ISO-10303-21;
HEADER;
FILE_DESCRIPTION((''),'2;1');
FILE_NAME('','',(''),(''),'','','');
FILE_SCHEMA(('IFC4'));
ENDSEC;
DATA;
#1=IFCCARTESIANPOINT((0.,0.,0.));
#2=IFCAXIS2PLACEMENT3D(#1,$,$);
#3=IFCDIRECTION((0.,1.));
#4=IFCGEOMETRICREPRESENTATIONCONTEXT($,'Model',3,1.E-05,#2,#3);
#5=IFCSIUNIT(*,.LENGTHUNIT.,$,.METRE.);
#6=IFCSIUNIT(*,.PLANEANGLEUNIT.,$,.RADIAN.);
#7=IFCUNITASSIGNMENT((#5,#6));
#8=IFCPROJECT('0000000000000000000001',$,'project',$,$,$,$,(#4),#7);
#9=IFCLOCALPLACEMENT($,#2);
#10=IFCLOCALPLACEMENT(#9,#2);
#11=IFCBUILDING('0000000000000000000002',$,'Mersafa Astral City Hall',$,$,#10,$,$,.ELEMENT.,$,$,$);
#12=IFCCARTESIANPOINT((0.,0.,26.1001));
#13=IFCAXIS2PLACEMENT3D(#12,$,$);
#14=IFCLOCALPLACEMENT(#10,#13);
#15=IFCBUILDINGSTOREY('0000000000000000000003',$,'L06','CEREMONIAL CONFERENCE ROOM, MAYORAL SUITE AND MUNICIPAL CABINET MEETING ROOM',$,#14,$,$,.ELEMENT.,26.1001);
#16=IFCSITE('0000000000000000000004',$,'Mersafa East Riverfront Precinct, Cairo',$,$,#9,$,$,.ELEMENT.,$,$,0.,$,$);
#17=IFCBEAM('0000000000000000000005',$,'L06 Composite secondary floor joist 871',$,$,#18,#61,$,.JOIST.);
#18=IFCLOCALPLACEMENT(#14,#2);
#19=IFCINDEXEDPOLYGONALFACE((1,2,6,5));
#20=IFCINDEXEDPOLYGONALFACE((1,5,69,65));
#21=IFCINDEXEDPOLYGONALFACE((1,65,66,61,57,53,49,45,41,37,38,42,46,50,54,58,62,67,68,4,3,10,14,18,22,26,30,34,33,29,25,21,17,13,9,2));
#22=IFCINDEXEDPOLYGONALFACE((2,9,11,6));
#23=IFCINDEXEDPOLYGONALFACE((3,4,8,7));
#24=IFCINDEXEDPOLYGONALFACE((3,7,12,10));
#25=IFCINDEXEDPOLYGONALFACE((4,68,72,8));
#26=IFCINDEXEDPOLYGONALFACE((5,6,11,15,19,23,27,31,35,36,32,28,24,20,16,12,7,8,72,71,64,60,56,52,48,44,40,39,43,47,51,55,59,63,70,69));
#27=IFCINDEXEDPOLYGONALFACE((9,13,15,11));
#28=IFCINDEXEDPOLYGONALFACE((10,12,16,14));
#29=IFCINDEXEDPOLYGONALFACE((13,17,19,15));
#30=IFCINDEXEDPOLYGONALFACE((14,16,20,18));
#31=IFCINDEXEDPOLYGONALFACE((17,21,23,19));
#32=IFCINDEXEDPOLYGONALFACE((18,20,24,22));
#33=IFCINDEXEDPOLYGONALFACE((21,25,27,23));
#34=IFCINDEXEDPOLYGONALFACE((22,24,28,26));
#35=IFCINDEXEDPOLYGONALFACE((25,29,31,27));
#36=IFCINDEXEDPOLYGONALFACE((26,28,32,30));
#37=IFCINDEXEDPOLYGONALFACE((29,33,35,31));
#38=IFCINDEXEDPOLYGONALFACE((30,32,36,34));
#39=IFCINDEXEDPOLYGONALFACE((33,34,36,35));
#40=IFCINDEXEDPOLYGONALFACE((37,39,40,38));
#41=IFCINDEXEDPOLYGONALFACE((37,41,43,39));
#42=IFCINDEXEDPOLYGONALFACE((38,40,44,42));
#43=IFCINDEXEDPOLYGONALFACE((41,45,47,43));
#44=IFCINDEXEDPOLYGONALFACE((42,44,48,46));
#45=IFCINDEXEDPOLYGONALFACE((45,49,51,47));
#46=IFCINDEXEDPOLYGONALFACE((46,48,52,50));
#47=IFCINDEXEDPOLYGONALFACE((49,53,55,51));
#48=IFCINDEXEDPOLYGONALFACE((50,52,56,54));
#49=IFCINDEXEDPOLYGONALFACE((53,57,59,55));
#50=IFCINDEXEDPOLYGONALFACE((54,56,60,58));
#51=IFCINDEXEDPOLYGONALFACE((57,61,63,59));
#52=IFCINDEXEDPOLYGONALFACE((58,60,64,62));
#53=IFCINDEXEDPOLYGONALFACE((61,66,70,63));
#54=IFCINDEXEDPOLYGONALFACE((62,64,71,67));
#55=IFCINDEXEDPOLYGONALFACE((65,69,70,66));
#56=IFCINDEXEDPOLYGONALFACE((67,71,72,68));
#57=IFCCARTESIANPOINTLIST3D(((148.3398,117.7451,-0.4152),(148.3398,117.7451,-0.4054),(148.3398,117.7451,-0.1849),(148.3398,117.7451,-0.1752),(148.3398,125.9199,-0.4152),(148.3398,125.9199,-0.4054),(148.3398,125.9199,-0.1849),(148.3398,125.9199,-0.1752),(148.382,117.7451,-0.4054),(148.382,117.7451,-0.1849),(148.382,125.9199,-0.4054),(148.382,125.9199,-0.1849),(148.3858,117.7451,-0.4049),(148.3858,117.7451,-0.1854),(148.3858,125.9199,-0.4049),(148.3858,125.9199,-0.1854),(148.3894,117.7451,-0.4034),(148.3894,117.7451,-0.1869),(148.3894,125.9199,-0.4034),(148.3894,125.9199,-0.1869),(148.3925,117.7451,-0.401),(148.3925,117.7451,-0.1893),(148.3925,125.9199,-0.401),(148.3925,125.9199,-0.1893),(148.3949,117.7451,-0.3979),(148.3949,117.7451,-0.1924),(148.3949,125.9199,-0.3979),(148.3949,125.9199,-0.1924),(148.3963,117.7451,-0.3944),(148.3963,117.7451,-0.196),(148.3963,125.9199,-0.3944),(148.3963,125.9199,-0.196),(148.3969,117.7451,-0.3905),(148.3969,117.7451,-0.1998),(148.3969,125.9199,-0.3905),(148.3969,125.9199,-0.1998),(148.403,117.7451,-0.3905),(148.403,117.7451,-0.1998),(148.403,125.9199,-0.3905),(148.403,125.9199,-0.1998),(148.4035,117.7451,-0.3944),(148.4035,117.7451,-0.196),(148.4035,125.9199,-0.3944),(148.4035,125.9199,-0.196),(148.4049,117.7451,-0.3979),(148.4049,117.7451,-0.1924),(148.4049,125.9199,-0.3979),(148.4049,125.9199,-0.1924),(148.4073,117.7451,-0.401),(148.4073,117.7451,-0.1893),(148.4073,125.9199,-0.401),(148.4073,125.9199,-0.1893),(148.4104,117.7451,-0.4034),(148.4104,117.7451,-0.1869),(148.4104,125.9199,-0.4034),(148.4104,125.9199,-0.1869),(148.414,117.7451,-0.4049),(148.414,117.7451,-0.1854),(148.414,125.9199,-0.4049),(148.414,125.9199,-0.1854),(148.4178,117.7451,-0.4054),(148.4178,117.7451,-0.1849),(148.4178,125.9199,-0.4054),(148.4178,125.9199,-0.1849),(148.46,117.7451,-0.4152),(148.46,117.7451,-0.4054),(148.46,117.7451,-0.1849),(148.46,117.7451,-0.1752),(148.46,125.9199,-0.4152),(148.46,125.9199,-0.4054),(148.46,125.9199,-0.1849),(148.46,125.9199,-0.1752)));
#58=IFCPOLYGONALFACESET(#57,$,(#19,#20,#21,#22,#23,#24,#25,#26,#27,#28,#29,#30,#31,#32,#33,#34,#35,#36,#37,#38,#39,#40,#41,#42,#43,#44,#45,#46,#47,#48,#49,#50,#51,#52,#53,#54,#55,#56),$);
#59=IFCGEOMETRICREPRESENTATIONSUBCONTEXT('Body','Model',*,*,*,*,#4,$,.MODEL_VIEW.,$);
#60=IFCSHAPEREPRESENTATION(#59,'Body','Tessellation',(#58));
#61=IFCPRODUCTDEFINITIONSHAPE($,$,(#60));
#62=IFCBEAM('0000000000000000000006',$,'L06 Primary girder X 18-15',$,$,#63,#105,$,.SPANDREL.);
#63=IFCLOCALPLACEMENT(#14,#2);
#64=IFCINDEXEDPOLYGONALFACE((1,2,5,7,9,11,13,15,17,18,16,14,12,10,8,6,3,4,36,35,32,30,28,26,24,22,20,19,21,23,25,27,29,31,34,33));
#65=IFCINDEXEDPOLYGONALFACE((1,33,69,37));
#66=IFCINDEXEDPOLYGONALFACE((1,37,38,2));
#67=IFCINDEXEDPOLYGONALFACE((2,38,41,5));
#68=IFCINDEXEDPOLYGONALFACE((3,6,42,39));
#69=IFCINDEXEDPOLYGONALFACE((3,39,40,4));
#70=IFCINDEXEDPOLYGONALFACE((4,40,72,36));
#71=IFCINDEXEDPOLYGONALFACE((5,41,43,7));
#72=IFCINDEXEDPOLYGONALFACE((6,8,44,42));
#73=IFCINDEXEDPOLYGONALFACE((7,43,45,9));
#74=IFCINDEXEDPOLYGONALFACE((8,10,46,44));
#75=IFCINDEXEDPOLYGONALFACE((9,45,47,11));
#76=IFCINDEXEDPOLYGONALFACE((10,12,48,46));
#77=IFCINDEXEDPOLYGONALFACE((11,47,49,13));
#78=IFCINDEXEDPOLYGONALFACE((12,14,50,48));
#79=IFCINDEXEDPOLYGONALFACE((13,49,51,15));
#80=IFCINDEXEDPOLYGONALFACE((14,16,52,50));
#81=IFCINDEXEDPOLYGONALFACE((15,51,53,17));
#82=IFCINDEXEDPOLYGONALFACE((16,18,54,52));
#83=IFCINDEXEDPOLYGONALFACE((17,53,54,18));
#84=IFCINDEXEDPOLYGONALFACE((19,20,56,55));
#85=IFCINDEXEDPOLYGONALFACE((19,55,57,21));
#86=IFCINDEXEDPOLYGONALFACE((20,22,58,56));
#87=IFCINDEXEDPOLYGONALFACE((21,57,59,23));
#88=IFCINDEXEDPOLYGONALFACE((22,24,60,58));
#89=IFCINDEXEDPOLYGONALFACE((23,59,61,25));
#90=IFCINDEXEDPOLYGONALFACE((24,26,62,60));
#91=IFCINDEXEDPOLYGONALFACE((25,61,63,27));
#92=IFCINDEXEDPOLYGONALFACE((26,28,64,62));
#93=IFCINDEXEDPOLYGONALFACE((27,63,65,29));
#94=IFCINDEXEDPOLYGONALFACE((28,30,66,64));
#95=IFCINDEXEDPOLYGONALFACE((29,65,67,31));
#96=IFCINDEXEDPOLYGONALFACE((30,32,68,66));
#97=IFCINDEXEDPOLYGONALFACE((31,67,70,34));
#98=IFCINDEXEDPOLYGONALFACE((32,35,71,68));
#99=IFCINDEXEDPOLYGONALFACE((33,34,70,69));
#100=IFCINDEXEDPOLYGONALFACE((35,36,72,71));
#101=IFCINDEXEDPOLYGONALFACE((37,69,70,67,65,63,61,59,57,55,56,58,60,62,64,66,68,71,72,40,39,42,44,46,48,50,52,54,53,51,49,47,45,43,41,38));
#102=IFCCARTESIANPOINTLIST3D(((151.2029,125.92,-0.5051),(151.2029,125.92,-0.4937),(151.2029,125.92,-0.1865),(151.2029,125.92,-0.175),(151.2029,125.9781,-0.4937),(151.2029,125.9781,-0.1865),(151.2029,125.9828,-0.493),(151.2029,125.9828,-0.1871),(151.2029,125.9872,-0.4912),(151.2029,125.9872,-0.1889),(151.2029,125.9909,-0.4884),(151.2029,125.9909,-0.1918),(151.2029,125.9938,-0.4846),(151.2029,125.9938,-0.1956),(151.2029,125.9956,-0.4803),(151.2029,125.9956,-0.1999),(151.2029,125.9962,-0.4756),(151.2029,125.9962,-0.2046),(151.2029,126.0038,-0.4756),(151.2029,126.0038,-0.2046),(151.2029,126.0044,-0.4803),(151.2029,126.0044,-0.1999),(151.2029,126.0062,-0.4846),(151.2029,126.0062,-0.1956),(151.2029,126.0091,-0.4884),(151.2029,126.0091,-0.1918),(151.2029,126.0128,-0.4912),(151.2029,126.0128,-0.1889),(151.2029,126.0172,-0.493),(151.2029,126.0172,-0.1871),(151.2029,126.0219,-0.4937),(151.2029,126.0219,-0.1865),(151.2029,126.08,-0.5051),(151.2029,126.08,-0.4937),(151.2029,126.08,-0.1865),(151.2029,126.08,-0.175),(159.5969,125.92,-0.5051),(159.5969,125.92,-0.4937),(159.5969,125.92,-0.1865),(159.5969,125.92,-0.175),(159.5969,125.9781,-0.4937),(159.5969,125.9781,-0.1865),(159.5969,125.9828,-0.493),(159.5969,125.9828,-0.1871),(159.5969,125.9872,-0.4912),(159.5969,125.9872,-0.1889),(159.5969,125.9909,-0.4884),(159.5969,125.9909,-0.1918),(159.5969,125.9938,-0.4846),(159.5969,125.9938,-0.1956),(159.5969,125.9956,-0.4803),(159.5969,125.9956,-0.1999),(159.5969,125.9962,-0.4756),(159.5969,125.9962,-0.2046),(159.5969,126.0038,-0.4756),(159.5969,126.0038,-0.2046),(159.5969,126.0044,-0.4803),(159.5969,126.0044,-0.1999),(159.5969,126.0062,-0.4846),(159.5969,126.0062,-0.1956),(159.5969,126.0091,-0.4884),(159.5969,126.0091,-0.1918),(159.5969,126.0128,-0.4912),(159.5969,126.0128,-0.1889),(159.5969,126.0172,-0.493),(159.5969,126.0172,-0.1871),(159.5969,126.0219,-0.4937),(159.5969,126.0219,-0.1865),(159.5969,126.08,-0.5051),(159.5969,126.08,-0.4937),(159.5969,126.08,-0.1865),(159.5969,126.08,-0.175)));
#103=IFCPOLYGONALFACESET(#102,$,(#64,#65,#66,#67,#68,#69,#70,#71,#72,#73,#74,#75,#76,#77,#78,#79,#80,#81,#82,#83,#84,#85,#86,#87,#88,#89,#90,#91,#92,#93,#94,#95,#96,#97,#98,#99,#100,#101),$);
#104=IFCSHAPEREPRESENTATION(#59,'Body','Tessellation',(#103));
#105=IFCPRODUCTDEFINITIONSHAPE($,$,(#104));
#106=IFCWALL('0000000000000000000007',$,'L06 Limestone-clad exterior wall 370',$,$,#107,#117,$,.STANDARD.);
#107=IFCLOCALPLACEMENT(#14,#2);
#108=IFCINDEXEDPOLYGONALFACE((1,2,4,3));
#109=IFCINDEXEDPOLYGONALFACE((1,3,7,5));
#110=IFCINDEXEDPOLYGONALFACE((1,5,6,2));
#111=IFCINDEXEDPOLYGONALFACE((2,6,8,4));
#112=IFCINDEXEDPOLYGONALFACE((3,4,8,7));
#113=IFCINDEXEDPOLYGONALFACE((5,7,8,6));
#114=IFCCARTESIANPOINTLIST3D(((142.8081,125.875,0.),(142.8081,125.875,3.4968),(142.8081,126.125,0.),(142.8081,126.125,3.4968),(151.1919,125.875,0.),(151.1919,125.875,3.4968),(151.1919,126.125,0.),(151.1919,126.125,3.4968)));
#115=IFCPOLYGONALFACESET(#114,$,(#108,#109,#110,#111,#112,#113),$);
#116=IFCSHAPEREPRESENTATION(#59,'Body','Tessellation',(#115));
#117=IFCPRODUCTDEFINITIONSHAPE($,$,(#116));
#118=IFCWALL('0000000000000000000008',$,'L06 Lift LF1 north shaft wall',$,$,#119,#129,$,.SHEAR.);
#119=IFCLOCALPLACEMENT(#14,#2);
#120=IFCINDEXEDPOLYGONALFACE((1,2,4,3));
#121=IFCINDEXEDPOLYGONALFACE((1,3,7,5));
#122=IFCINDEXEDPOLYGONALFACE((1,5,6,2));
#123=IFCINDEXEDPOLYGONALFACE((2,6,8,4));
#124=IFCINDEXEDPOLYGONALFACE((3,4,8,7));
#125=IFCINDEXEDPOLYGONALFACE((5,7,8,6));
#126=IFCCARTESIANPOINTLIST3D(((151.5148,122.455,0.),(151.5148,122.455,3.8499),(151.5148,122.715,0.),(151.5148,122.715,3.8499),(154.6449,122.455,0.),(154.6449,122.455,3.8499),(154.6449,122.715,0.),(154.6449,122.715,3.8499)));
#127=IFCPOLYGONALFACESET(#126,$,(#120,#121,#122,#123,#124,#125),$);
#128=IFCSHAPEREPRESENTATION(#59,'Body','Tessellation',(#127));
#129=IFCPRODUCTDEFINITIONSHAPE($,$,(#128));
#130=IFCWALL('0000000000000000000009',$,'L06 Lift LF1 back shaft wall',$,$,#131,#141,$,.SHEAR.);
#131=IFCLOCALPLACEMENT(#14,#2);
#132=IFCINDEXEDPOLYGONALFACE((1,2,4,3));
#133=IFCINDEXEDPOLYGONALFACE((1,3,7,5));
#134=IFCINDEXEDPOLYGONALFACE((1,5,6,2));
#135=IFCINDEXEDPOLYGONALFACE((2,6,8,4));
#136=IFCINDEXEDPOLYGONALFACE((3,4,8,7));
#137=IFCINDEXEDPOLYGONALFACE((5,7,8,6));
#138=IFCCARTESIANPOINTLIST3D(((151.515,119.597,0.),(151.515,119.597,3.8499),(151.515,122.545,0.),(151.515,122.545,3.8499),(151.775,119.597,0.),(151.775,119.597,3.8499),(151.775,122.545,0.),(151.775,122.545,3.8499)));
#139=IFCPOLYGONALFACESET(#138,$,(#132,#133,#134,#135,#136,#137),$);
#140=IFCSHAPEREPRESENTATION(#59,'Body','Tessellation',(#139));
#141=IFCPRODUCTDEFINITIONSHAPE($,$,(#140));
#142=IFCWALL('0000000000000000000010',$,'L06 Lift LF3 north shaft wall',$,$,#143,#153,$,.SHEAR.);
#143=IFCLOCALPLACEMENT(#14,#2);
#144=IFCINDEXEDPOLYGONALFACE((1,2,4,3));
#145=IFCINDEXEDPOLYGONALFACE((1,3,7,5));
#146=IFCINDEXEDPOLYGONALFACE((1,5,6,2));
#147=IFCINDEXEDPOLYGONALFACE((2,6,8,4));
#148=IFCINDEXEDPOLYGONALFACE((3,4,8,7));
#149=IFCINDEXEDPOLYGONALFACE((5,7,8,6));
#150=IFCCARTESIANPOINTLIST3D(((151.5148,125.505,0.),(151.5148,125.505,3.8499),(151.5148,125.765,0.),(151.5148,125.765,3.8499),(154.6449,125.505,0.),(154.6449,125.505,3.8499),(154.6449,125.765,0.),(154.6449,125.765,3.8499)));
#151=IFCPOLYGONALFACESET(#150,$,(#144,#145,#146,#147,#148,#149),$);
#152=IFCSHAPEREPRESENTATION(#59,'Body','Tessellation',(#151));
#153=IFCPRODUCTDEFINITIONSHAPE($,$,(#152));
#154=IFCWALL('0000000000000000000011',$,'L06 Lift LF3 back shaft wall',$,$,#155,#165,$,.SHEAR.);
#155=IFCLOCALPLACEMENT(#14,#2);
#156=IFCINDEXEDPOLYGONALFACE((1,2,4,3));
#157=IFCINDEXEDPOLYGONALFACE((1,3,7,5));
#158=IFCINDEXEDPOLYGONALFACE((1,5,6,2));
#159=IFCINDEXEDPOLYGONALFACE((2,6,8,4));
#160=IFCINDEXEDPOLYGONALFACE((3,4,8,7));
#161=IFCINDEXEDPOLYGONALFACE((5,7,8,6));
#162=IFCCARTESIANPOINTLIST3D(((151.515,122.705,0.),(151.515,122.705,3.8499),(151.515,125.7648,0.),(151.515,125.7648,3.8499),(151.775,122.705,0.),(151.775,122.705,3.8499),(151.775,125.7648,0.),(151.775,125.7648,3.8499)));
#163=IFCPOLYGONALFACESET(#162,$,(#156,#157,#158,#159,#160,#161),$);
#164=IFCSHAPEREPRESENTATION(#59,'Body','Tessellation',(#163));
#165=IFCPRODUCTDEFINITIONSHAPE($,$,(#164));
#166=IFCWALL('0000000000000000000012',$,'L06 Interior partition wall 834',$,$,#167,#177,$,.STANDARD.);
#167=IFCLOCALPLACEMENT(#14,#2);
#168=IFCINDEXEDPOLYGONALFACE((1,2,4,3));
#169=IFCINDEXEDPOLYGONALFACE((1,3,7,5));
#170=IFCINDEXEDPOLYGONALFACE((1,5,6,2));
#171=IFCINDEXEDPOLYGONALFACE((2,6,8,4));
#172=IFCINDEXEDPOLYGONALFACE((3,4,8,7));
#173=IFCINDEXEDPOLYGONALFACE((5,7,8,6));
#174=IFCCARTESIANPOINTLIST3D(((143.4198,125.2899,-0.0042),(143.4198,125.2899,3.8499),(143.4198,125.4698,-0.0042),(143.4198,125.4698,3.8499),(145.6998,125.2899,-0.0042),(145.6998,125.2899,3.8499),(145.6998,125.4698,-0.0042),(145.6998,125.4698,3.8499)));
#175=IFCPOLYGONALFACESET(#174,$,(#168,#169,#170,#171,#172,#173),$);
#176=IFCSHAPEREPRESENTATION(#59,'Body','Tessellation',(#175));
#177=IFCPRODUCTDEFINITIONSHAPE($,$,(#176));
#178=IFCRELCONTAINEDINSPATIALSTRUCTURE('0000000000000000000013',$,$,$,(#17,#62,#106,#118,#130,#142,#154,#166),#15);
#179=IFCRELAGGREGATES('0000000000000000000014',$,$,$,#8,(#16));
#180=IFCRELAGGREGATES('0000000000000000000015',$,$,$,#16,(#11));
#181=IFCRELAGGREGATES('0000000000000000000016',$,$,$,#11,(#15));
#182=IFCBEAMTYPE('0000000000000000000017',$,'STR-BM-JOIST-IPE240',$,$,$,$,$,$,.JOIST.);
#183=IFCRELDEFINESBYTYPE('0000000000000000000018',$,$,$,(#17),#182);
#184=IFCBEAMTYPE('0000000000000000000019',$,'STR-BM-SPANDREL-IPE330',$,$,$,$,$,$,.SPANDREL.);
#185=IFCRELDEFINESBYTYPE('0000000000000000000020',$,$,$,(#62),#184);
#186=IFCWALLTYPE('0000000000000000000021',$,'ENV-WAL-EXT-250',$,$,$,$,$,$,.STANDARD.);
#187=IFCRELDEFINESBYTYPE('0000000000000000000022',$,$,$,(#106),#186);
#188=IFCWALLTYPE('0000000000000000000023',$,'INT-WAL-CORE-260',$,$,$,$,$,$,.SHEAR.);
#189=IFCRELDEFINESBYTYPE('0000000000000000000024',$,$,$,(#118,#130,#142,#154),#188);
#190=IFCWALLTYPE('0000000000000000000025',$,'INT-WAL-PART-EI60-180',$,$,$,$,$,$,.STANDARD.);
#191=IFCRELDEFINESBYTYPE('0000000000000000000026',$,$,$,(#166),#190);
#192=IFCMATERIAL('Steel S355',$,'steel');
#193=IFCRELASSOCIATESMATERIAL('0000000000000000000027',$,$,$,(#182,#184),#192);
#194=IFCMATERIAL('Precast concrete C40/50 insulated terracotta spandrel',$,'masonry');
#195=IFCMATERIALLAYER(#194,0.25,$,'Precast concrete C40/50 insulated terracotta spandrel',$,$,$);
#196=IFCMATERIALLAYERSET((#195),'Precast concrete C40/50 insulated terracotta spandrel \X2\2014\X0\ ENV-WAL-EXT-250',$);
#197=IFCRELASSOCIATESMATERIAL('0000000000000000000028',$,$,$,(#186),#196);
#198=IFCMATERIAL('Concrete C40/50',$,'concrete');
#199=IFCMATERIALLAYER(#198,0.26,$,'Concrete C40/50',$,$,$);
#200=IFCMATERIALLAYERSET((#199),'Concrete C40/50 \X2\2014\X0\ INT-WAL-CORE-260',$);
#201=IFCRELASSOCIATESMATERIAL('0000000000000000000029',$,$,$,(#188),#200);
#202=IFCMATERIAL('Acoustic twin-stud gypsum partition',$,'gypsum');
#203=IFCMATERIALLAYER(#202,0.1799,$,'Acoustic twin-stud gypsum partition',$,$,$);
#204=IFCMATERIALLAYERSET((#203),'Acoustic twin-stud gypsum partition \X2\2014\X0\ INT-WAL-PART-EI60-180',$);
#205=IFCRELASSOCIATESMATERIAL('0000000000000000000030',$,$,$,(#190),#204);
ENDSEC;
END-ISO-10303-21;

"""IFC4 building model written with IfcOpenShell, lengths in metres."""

from ifc_helpers import new_model, si_unit, direction, frame, frame_2d, origin, origin_2d, place, context, subcontext, project, spatial, rectangle, i_section, extrude, material, layer, layer_set, material_profile, profile_set, type_object, element, save


model = new_model("IFC4")

# Units and contexts
model_context = context("Model", 3, precision=1e-05, world=origin(), true_north=direction((0.0, 1.0)))
body_context = subcontext(model_context, "Body", "Model", "MODEL_VIEW")
ifc_project = project(units=[si_unit("LENGTHUNIT", "METRE"), si_unit("PLANEANGLEUNIT", "RADIAN")], contexts=[model_context])

# Site, building, storey
site_placement = place(None, origin())
site = spatial("IfcSite", under=ifc_project, at=site_placement, Name="Mersafa East Riverfront Precinct, Cairo", CompositionType="ELEMENT", RefElevation=0.0)
building_placement = place(site_placement, origin())
building = spatial("IfcBuilding", under=site, at=building_placement, Name="Mersafa Astral City Hall", CompositionType="ELEMENT")
storey_placement = place(building_placement, frame((0.0, 0.0, 26.1001)))
storey = spatial("IfcBuildingStorey", under=building, at=storey_placement, Name="L06", Description="CEREMONIAL CONFERENCE ROOM, MAYORAL SUITE AND MUNICIPAL CABINET MEETING ROOM", CompositionType="ELEMENT", Elevation=26.1001)

# Shared definitions
ifc_material_1 = material(Name="Steel S355", Category="steel")

# Beams
ifc_material_profile_1 = material_profile(ifc_material_1, i_section(OverallWidth=0.1201, OverallDepth=0.24, WebThickness=0.0061, FlangeThickness=0.0098, FilletRadius=0.0149, at=origin_2d()), Name="IPE 240")
ifc_profile_set_1 = profile_set([ifc_material_profile_1], Name="Steel S355")
beam_type_1 = type_object("IfcBeamType", Name="STR-BM-JOIST-IPE240", PredefinedType="JOIST", material=ifc_profile_set_1)
beam_1_placement = place(storey_placement, frame((148.3999, 117.7451, -0.2952), z_axis=(0.0, 1.0, 0.0), x_axis=(-1.0, 0.0, 0.0)))
element("IfcBeam", 1, at=beam_1_placement, inside=storey, type_object=beam_type_1, Name="L06 Composite secondary floor joist 871", PredefinedType="JOIST", context=body_context, shape_type="SweptSolid", body=[
    extrude(i_section(OverallWidth=0.1201, OverallDepth=0.24, WebThickness=0.0061, FlangeThickness=0.0098, FilletRadius=0.0149, at=origin_2d()), origin(), (0.0, 0.0, 1.0), 8.1748),
])
ifc_material_profile_2 = material_profile(ifc_material_1, i_section(OverallWidth=0.1599, OverallDepth=0.3301, WebThickness=0.0076, FlangeThickness=0.0115, FilletRadius=0.0181, at=origin_2d()), Name="IPE 330")
ifc_profile_set_2 = profile_set([ifc_material_profile_2], Name="Steel S355")
beam_type_2 = type_object("IfcBeamType", Name="STR-BM-SPANDREL-IPE330", PredefinedType="SPANDREL", material=ifc_profile_set_2)
beam_2_placement = place(storey_placement, frame((151.2029, 126.0, -0.3401), z_axis=(1.0, 0.0, 0.0), x_axis=(0.0, 1.0, 0.0)))
element("IfcBeam", 2, at=beam_2_placement, inside=storey, type_object=beam_type_2, Name="L06 Primary girder X 18-15", PredefinedType="SPANDREL", context=body_context, shape_type="SweptSolid", body=[
    extrude(i_section(OverallWidth=0.1599, OverallDepth=0.3301, WebThickness=0.0076, FlangeThickness=0.0115, FilletRadius=0.0181, at=origin_2d()), origin(), (0.0, 0.0, 1.0), 8.394),
])

# Walls
ifc_material_2 = material(Name="Precast concrete C40/50 insulated terracotta spandrel", Category="masonry")
ifc_layer_1 = layer(ifc_material_2, 0.25, Name="Precast concrete C40/50 insulated terracotta spandrel")
ifc_layer_set_1 = layer_set([ifc_layer_1], Name="Precast concrete C40/50 insulated terracotta spandrel — ENV-WAL-EXT-250")
wall_type_1 = type_object("IfcWallType", Name="ENV-WAL-EXT-250", PredefinedType="STANDARD", material=ifc_layer_set_1)
wall_1_placement = place(storey_placement, frame((151.1919, 126.0, 0.0), z_axis=(0.0, 0.0, 1.0), x_axis=(-1.0, 0.0, 0.0)))
element("IfcWall", 3, at=wall_1_placement, inside=storey, type_object=wall_type_1, Name="L06 Limestone-clad exterior wall 370", PredefinedType="STANDARD", context=body_context, shape_type="SweptSolid", body=[
    extrude(rectangle(XDim=8.3838, YDim=0.25, at=frame_2d((4.1919, 0.0))), origin(), (0.0, 0.0, 1.0), 3.4968),
])
ifc_material_3 = material(Name="Concrete C40/50", Category="concrete")
ifc_layer_2 = layer(ifc_material_3, 0.26, Name="Concrete C40/50")
ifc_layer_set_2 = layer_set([ifc_layer_2], Name="Concrete C40/50 — INT-WAL-CORE-260")
wall_type_2 = type_object("IfcWallType", Name="INT-WAL-CORE-260", PredefinedType="SHEAR", material=ifc_layer_set_2)
wall_2_placement = place(storey_placement, frame((151.5149, 122.585, 0.0), z_axis=(0.0, 0.0, 1.0), x_axis=(1.0, 0.0, 0.0)))
element("IfcWall", 4, at=wall_2_placement, inside=storey, type_object=wall_type_2, Name="L06 Lift LF1 north shaft wall", PredefinedType="SHEAR", context=body_context, shape_type="SweptSolid", body=[
    extrude(rectangle(XDim=3.1301, YDim=0.26, at=frame_2d((1.5649, 0.0))), origin(), (0.0, 0.0, 1.0), 3.8499),
])
wall_3_placement = place(storey_placement, frame((151.645, 119.5969, 0.0), z_axis=(0.0, 0.0, 1.0), x_axis=(0.0, 1.0, 0.0)))
element("IfcWall", 5, at=wall_3_placement, inside=storey, type_object=wall_type_2, Name="L06 Lift LF1 back shaft wall", PredefinedType="SHEAR", context=body_context, shape_type="SweptSolid", body=[
    extrude(rectangle(XDim=2.948, YDim=0.26, at=frame_2d((1.4741, 0.0))), origin(), (0.0, 0.0, 1.0), 3.8499),
])

# Walls
wall_4_placement = place(storey_placement, frame((151.5149, 125.635, 0.0), z_axis=(0.0, 0.0, 1.0), x_axis=(1.0, 0.0, 0.0)))
element("IfcWall", 6, at=wall_4_placement, inside=storey, type_object=wall_type_2, Name="L06 Lift LF3 north shaft wall", PredefinedType="SHEAR", context=body_context, shape_type="SweptSolid", body=[
    extrude(rectangle(XDim=3.1301, YDim=0.26, at=frame_2d((1.5649, 0.0))), origin(), (0.0, 0.0, 1.0), 3.8499),
])
wall_5_placement = place(storey_placement, frame((151.645, 122.7051, 0.0), z_axis=(0.0, 0.0, 1.0), x_axis=(0.0, 1.0, 0.0)))
element("IfcWall", 7, at=wall_5_placement, inside=storey, type_object=wall_type_2, Name="L06 Lift LF3 back shaft wall", PredefinedType="SHEAR", context=body_context, shape_type="SweptSolid", body=[
    extrude(rectangle(XDim=3.0598, YDim=0.26, at=frame_2d((1.5298, 0.0))), origin(), (0.0, 0.0, 1.0), 3.8499),
])

# Wall
ifc_material_4 = material(Name="Acoustic twin-stud gypsum partition", Category="gypsum")
ifc_layer_3 = layer(ifc_material_4, 0.1799, Name="Acoustic twin-stud gypsum partition")
ifc_layer_set_3 = layer_set([ifc_layer_3], Name="Acoustic twin-stud gypsum partition — INT-WAL-PART-EI60-180")
wall_type_3 = type_object("IfcWallType", Name="INT-WAL-PART-EI60-180", PredefinedType="STANDARD", material=ifc_layer_set_3)
wall_6_placement = place(storey_placement, frame((145.7, 125.3799, -0.0042), z_axis=(0.0, 0.0, 1.0), x_axis=(-1.0, 0.0, 0.0)))
element("IfcWall", 8, at=wall_6_placement, inside=storey, type_object=wall_type_3, Name="L06 Interior partition wall 834", PredefinedType="STANDARD", context=body_context, shape_type="SweptSolid", body=[
    extrude(rectangle(XDim=2.28, YDim=0.1799, at=frame_2d((1.1401, 0.0))), origin(), (0.0, 0.0, 1.0), 3.854),
])

save(model, "model.ifc")
